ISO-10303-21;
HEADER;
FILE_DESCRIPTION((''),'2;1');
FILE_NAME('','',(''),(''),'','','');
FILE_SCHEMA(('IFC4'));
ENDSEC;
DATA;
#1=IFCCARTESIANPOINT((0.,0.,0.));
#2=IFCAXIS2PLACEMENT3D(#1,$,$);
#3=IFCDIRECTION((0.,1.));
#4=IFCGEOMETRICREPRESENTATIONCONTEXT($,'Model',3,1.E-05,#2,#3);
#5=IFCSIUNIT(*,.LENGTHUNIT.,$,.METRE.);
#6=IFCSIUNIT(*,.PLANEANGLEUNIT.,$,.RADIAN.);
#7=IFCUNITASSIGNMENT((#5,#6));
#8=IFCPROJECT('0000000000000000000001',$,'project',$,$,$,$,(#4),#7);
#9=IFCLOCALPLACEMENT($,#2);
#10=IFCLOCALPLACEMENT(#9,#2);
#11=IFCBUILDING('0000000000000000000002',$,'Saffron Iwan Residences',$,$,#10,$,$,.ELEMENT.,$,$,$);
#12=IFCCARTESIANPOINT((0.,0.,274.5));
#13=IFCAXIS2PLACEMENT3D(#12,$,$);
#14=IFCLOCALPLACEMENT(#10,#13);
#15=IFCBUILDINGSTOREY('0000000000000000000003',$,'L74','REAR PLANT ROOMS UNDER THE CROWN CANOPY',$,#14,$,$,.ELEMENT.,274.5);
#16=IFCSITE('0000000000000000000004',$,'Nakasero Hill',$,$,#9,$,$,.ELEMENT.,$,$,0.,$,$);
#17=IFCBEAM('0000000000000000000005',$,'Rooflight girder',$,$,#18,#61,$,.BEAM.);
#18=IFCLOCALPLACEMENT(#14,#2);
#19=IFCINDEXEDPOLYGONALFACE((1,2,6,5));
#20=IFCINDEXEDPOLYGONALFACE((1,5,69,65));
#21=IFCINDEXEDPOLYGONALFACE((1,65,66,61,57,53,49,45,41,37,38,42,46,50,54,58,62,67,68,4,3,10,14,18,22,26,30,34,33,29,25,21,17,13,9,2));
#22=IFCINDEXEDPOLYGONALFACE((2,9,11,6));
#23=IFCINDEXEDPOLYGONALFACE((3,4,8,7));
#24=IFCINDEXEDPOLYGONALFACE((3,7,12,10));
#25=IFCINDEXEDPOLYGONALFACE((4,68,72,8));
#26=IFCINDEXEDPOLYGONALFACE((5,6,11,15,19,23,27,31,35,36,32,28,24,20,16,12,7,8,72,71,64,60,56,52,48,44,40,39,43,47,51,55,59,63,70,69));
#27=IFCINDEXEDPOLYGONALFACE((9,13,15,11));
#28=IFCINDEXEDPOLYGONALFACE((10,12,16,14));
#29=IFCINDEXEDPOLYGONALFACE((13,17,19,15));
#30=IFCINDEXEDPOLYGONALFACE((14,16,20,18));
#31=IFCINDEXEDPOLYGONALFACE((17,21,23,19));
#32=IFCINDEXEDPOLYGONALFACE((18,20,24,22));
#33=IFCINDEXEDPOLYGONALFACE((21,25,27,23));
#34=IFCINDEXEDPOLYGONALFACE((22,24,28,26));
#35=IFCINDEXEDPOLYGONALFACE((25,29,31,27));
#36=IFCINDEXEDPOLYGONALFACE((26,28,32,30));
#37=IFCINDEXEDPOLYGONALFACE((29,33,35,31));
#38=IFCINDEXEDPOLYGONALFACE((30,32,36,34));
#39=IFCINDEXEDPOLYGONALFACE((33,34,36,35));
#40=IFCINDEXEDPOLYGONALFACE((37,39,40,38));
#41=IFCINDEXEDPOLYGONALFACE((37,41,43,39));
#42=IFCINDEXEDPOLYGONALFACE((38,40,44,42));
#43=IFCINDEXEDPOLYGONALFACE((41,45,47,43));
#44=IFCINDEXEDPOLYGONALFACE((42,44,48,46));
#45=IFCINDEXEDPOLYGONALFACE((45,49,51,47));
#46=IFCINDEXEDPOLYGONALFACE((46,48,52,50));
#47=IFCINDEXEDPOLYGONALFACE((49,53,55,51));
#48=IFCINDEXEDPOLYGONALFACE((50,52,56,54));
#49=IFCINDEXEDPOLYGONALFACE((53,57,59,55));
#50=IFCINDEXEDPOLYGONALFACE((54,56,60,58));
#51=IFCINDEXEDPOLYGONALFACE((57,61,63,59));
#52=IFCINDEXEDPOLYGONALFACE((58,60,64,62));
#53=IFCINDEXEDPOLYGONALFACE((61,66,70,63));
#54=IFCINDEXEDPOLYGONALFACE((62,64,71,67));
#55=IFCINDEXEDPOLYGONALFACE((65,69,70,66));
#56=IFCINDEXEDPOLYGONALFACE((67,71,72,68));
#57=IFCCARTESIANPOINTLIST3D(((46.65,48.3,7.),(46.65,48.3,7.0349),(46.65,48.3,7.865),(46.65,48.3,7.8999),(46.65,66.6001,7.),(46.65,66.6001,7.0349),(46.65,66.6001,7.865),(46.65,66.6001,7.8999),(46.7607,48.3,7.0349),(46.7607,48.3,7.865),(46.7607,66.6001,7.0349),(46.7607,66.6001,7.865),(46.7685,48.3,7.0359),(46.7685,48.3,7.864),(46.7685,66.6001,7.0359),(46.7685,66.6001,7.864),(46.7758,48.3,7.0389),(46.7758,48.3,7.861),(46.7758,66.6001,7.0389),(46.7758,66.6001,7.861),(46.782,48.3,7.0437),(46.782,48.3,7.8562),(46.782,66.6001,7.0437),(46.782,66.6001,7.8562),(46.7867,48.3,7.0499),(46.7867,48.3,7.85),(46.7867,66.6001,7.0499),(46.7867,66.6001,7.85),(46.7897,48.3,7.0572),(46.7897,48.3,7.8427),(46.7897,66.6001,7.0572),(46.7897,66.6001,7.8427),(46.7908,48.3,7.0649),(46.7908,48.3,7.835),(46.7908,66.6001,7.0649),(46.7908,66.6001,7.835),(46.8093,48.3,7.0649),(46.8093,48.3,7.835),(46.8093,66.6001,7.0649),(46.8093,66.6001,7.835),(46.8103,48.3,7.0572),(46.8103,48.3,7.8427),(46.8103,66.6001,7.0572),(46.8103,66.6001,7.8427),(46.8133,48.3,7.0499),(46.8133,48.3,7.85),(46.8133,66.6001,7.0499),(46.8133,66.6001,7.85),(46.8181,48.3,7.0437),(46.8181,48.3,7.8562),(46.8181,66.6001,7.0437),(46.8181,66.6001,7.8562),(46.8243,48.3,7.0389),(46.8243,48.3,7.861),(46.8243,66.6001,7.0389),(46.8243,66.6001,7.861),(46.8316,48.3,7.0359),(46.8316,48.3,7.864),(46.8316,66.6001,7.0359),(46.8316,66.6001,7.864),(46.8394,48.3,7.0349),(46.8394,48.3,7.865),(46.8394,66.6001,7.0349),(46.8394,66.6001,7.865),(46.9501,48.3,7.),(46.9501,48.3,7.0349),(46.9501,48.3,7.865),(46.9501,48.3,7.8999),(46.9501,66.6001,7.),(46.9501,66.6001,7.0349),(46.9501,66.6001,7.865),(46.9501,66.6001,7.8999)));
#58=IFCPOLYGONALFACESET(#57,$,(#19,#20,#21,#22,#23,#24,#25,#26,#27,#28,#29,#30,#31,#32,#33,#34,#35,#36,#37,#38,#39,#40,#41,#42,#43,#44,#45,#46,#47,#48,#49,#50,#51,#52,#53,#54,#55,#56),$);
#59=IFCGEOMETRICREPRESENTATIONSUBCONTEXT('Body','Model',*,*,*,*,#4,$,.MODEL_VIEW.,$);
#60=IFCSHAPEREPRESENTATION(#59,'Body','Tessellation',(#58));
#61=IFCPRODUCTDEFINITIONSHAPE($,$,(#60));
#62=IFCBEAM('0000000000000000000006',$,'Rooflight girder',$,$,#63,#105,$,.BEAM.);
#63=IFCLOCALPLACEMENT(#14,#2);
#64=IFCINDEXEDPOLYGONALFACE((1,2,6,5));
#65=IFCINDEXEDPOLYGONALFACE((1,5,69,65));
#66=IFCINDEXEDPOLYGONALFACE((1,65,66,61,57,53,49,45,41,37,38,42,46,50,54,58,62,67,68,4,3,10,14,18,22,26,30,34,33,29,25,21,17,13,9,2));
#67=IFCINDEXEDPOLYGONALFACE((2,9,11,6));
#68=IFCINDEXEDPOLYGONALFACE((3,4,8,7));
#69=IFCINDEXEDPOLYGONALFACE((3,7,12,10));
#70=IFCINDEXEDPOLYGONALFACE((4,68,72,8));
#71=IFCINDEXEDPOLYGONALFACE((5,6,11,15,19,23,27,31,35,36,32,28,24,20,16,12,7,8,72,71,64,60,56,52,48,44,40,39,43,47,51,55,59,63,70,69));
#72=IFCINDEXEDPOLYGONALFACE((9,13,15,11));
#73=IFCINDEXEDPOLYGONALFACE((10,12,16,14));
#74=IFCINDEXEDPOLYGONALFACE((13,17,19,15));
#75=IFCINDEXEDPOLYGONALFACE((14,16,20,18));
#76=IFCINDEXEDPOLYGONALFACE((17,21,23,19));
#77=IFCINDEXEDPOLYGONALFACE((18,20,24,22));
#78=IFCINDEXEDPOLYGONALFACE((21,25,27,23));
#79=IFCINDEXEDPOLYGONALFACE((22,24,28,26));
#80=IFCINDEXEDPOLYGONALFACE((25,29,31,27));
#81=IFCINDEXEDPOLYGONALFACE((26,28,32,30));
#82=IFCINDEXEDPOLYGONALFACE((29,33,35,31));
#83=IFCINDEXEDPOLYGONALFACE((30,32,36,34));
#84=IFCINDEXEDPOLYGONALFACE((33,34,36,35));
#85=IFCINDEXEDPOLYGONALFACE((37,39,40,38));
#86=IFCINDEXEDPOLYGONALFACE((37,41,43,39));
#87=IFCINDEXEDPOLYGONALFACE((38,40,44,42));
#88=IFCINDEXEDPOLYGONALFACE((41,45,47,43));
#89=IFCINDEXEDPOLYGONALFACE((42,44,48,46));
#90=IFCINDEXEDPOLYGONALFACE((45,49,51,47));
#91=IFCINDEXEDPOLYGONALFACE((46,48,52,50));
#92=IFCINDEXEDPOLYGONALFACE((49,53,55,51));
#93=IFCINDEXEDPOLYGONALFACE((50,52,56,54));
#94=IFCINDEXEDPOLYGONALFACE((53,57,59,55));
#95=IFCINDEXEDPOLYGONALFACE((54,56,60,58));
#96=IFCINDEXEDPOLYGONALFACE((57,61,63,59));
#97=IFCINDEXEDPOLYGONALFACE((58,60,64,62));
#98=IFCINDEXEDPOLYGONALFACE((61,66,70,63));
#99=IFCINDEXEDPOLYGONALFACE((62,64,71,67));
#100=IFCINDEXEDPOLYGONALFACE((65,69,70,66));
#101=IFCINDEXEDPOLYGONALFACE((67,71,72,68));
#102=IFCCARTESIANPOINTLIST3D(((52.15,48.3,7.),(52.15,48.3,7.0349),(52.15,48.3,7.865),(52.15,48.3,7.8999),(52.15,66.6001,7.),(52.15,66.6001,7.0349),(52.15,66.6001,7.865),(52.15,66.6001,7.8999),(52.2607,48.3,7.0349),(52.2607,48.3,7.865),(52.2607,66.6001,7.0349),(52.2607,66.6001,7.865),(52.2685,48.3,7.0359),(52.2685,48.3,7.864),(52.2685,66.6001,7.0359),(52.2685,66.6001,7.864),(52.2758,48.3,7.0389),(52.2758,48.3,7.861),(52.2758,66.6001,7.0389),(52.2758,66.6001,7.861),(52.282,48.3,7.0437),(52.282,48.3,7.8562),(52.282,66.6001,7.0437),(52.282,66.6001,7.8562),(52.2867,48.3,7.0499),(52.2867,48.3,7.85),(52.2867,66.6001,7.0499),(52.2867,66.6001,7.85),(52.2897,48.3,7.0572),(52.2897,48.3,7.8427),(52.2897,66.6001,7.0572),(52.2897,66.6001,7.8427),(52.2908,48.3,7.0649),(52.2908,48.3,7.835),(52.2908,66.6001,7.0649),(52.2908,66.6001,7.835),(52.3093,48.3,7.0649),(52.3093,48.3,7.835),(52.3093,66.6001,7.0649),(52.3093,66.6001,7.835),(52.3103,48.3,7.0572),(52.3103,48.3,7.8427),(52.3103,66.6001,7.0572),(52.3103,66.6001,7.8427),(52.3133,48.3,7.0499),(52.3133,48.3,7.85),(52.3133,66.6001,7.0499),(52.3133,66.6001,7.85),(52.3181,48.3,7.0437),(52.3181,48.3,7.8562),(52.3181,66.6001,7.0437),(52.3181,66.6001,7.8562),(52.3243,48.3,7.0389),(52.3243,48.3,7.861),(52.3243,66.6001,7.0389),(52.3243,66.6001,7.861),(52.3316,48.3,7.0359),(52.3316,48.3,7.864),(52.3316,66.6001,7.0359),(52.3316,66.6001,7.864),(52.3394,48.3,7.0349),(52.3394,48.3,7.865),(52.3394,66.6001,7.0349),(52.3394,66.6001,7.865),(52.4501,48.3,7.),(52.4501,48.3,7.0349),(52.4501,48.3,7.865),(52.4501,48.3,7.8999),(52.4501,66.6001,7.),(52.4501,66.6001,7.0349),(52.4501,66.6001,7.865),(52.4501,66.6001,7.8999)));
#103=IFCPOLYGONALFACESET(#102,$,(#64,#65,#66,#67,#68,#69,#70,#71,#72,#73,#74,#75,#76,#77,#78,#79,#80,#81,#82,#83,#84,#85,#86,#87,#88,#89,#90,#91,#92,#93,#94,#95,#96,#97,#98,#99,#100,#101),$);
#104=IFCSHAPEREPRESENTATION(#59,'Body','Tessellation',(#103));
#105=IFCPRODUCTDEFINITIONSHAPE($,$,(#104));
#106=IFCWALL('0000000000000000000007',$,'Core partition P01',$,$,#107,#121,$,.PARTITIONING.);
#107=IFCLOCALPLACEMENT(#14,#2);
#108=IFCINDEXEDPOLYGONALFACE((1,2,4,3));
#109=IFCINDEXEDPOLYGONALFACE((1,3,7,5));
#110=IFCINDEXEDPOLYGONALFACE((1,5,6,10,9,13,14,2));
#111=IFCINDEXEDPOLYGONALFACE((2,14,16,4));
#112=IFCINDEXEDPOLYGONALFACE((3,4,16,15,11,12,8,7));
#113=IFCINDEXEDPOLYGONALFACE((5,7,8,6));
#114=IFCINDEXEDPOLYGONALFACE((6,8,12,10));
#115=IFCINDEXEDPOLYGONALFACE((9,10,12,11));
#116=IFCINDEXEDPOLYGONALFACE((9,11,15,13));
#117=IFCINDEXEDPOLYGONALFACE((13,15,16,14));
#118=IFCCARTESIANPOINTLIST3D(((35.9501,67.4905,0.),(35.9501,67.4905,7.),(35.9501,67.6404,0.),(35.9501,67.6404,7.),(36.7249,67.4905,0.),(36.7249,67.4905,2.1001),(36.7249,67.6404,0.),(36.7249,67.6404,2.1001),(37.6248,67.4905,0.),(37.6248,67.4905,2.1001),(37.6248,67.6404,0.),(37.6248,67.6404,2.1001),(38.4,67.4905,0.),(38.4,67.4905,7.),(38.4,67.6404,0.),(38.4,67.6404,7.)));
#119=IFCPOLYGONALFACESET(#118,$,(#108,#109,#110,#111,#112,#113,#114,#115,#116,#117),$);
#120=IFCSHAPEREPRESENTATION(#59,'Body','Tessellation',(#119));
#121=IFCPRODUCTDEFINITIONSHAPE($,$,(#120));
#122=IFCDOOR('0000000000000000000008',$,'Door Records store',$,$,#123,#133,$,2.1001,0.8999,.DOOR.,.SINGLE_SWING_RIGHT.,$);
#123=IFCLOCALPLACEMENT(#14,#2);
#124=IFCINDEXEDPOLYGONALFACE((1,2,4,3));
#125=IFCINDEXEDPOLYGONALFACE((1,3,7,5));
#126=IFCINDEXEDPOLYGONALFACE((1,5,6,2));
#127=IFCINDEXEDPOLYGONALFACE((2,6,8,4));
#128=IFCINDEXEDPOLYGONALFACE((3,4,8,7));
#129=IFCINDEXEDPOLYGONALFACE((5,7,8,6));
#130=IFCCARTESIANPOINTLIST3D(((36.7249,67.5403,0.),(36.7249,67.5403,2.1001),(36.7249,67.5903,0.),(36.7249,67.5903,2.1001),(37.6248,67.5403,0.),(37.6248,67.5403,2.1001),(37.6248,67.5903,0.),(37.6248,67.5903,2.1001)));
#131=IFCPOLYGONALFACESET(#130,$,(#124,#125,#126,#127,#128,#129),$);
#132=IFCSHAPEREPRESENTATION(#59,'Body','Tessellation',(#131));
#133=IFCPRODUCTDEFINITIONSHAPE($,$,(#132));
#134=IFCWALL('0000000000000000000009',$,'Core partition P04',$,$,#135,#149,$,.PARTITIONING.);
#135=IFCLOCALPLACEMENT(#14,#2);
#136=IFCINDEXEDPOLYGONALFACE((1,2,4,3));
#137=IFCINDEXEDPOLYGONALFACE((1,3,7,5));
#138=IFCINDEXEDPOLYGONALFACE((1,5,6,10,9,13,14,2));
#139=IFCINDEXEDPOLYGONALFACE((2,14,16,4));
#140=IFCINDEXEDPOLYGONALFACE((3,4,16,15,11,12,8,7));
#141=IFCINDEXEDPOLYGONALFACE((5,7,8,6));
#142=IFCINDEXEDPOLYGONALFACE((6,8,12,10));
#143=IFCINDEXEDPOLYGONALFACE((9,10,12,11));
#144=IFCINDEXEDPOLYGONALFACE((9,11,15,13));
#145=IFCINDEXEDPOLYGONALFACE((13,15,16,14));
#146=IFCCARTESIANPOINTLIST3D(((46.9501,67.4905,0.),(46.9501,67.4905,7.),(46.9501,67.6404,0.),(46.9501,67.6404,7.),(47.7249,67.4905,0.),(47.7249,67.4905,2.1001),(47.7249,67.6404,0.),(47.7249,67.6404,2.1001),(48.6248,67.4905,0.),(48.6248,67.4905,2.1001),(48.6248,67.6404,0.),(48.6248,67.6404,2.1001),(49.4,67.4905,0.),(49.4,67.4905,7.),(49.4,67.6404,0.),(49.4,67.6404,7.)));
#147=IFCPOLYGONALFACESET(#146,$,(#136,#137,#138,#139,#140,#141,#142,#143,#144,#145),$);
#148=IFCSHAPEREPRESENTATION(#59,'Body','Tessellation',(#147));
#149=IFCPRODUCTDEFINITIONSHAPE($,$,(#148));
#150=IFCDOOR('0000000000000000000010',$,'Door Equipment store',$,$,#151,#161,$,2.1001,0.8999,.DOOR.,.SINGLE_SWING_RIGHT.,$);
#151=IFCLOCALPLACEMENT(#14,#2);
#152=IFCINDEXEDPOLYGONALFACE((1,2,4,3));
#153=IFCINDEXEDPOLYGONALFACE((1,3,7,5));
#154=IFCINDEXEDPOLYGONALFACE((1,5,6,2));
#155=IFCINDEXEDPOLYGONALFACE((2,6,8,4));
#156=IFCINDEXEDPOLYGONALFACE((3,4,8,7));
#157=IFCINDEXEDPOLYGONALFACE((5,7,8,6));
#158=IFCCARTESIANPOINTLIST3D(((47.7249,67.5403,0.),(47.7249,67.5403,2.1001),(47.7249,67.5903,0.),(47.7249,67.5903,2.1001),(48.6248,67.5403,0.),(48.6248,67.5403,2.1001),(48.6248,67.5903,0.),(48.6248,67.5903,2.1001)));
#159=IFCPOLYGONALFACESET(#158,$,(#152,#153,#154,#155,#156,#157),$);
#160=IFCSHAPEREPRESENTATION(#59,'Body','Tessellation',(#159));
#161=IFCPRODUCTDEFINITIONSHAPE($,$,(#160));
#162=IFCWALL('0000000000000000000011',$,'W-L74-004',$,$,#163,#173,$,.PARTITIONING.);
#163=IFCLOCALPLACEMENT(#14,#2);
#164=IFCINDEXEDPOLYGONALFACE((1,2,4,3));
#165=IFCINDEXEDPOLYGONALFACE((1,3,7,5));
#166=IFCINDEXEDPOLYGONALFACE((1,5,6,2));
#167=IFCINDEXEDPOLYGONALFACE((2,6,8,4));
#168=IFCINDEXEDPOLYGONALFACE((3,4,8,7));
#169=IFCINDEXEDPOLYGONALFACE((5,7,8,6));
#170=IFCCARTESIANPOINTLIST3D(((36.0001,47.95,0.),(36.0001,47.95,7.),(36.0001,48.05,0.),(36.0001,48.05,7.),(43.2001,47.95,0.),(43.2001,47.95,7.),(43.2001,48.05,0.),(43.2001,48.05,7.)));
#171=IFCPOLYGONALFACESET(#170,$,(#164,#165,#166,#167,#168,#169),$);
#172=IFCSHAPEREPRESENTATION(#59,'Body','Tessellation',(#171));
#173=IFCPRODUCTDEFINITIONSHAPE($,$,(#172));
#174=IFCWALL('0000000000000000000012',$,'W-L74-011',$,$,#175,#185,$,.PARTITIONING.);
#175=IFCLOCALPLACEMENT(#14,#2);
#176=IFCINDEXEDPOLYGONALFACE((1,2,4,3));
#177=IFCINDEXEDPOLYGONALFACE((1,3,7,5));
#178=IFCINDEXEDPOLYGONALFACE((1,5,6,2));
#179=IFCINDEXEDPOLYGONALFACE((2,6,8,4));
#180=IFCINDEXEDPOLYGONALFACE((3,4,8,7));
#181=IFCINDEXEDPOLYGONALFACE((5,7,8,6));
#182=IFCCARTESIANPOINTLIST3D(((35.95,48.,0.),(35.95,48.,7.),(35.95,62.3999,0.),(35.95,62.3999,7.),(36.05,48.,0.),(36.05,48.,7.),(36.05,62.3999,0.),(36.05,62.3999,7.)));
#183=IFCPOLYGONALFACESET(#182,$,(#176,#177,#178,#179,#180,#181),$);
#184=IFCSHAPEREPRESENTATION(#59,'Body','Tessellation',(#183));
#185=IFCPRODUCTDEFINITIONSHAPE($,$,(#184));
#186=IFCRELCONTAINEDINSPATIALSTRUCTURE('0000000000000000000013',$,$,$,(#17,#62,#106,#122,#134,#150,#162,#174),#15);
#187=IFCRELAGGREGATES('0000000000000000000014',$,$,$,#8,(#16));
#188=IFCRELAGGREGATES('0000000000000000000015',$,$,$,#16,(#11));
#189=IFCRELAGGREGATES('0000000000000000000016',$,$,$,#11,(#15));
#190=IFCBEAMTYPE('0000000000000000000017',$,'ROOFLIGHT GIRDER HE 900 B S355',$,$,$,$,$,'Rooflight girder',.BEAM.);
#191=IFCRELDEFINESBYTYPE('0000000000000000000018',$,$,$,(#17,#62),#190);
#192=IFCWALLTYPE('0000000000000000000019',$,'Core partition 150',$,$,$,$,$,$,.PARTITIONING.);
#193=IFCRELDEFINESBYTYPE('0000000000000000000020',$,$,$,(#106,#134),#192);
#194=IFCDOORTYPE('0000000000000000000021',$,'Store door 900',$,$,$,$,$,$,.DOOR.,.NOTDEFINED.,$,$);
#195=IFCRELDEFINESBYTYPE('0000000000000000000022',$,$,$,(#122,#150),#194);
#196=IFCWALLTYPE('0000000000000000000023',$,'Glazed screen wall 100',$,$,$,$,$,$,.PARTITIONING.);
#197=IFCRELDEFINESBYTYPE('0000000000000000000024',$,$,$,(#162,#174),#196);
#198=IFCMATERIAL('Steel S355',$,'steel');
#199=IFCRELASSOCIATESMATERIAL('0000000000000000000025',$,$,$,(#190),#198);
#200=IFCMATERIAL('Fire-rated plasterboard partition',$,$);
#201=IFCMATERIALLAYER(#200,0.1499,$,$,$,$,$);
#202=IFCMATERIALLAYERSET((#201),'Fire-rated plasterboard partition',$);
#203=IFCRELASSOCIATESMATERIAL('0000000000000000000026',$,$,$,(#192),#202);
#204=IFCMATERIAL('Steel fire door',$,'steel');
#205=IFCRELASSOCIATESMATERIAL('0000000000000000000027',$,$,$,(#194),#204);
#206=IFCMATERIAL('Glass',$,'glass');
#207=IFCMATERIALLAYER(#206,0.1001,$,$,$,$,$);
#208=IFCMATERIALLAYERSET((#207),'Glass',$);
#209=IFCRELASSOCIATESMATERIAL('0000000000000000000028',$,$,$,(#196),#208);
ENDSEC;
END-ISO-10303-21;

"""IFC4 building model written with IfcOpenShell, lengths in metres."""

from ifc_helpers import new_model, si_unit, direction, frame, frame_2d, origin, origin_2d, place, context, subcontext, project, spatial, rectangle, i_section, extrude, source, transform, mapped, material, layer, layer_set, material_profile, profile_set, type_object, element, fill, save


model = new_model("IFC4")

# Units and contexts
model_context = context("Model", 3, precision=1e-05, world=origin(), true_north=direction((0.0, 1.0)))
body_context = subcontext(model_context, "Body", "Model", "MODEL_VIEW")
ifc_project = project(units=[si_unit("LENGTHUNIT", "METRE"), si_unit("PLANEANGLEUNIT", "RADIAN")], contexts=[model_context])

# Site, building, storey
site_placement = place(None, origin())
site = spatial("IfcSite", under=ifc_project, at=site_placement, Name="Nakasero Hill", CompositionType="ELEMENT", RefElevation=0.0)
building_placement = place(site_placement, origin())
building = spatial("IfcBuilding", under=site, at=building_placement, Name="Saffron Iwan Residences", CompositionType="ELEMENT")
storey_placement = place(building_placement, frame((0.0, 0.0, 274.5)))
storey = spatial("IfcBuildingStorey", under=building, at=storey_placement, Name="L74", Description="REAR PLANT ROOMS UNDER THE CROWN CANOPY", CompositionType="ELEMENT", Elevation=274.5)

# Beams
ifc_material_1 = material(Name="Steel S355", Category="steel")
ifc_material_profile_1 = material_profile(ifc_material_1, i_section(OverallWidth=0.3, OverallDepth=0.8999, WebThickness=0.0186, FlangeThickness=0.0349, FilletRadius=0.03, at=origin_2d()), Name="HE 900 B")
ifc_profile_set_1 = profile_set([ifc_material_profile_1], Name="Steel S355")
beam_type_1 = type_object("IfcBeamType", Name="ROOFLIGHT GIRDER HE 900 B S355", ElementType="Rooflight girder", PredefinedType="BEAM", material=ifc_profile_set_1)
shared_shape_1 = source(origin(), body_context, "Body", "SweptSolid", [
    extrude(i_section(OverallWidth=0.3, OverallDepth=0.8999, WebThickness=0.0186, FlangeThickness=0.0349, FilletRadius=0.03, at=origin_2d()), origin(), (0.0, 0.0, 1.0), 18.3),
])
for number, where, z_axis, x_axis, name in (
    (1, (46.8, 48.3, 7.45), (0.0, 1.0, 0.0), (-1.0, 0.0, 0.0), "Rooflight girder"),
    (2, (52.3, 48.3, 7.45), (0.0, 1.0, 0.0), (-1.0, 0.0, 0.0), "Rooflight girder"),
):
    element("IfcBeam", number, at=place(storey_placement, frame(where, z_axis=z_axis, x_axis=x_axis)), inside=storey, type_object=beam_type_1, Name=name, PredefinedType="BEAM", context=body_context, shape_type="MappedRepresentation", body=[
        mapped(shared_shape_1, transform((0.0, 0.0, 0.0))),
    ])

# Walls, openings, doors
ifc_material_2 = material(Name="Fire-rated plasterboard partition")
ifc_layer_1 = layer(ifc_material_2, 0.1499)
ifc_layer_set_1 = layer_set([ifc_layer_1], Name="Fire-rated plasterboard partition")
wall_type_1 = type_object("IfcWallType", Name="Core partition 150", PredefinedType="PARTITIONING", material=ifc_layer_set_1)
wall_1_placement = place(storey_placement, frame((35.95, 67.5654, 0.0), z_axis=(0.0, 0.0, 1.0), x_axis=(1.0, 0.0, 0.0)))
wall_1 = element("IfcWall", 3, at=wall_1_placement, inside=storey, type_object=wall_type_1, Name="Core partition P01", PredefinedType="PARTITIONING", context=body_context, shape_type="SweptSolid", body=[
    extrude(rectangle(XDim=2.45, YDim=0.1499, at=frame_2d((1.2251, 0.0))), origin(), (0.0, 0.0, 1.0), 7.0),
])
opening_1_placement = place(wall_1_placement, frame((0.7749, 0.0, 0.0)))
opening_1 = element("IfcOpeningElement", 4, at=opening_1_placement, cuts=wall_1, PredefinedType="OPENING", context=body_context, shape_type="SweptSolid", body=[
    extrude(rectangle(XDim=0.8999, YDim=2.1001, at=frame_2d((0.45, 1.05))), frame((0.0, 0.085, 0.0), z_axis=(0.0, -1.0, 0.0), x_axis=(1.0, 0.0, 0.0)), (0.0, 0.0, 1.0), 0.1699),
])
ifc_material_3 = material(Name="Steel fire door", Category="steel")
door_type = type_object("IfcDoorType", Name="Store door 900", OperationType="NOTDEFINED", PredefinedType="DOOR", material=ifc_material_3)
door_1_placement = place(opening_1_placement, origin())
door_1 = element("IfcDoor", 5, at=door_1_placement, inside=storey, type_object=door_type, Name="Door Records store", OperationType="SINGLE_SWING_RIGHT", OverallHeight=2.1001, OverallWidth=0.8999, PredefinedType="DOOR", context=body_context, shape_type="SweptSolid", body=[
    extrude(rectangle(XDim=0.8999, YDim=2.1001, at=frame_2d((0.45, 1.05))), frame((0.0, 0.0249, 0.0), z_axis=(0.0, -1.0, 0.0), x_axis=(1.0, 0.0, 0.0)), (0.0, 0.0, 1.0), 0.05),
])
fill(opening_1, door_1)
wall_2_placement = place(storey_placement, frame((46.95, 67.5654, 0.0), z_axis=(0.0, 0.0, 1.0), x_axis=(1.0, 0.0, 0.0)))
wall_2 = element("IfcWall", 6, at=wall_2_placement, inside=storey, type_object=wall_type_1, Name="Core partition P04", PredefinedType="PARTITIONING", context=body_context, shape_type="SweptSolid", body=[
    extrude(rectangle(XDim=2.45, YDim=0.1499, at=frame_2d((1.2251, 0.0))), origin(), (0.0, 0.0, 1.0), 7.0),
])
opening_2_placement = place(wall_2_placement, frame((0.7749, 0.0, 0.0)))
opening_2 = element("IfcOpeningElement", 7, at=opening_2_placement, cuts=wall_2, PredefinedType="OPENING", context=body_context, shape_type="SweptSolid", body=[
    extrude(rectangle(XDim=0.8999, YDim=2.1001, at=frame_2d((0.45, 1.05))), frame((0.0, 0.085, 0.0), z_axis=(0.0, -1.0, 0.0), x_axis=(1.0, 0.0, 0.0)), (0.0, 0.0, 1.0), 0.1699),
])
door_2_placement = place(opening_2_placement, origin())
door_2 = element("IfcDoor", 8, at=door_2_placement, inside=storey, type_object=door_type, Name="Door Equipment store", OperationType="SINGLE_SWING_RIGHT", OverallHeight=2.1001, OverallWidth=0.8999, PredefinedType="DOOR", context=body_context, shape_type="SweptSolid", body=[
    extrude(rectangle(XDim=0.8999, YDim=2.1001, at=frame_2d((0.45, 1.05))), frame((0.0, 0.0249, 0.0), z_axis=(0.0, -1.0, 0.0), x_axis=(1.0, 0.0, 0.0)), (0.0, 0.0, 1.0), 0.05),
])
fill(opening_2, door_2)

# Walls
ifc_material_4 = material(Name="Glass", Category="glass")
ifc_layer_2 = layer(ifc_material_4, 0.1001)
ifc_layer_set_2 = layer_set([ifc_layer_2], Name="Glass")
wall_type_2 = type_object("IfcWallType", Name="Glazed screen wall 100", PredefinedType="PARTITIONING", material=ifc_layer_set_2)
wall_3_placement = place(storey_placement, frame((36.0, 48.0, 0.0), z_axis=(0.0, 0.0, 1.0), x_axis=(1.0, 0.0, 0.0)))
element("IfcWall", 9, at=wall_3_placement, inside=storey, type_object=wall_type_2, Name="W-L74-004", PredefinedType="PARTITIONING", context=body_context, shape_type="SweptSolid", body=[
    extrude(rectangle(XDim=7.2, YDim=0.1001, at=frame_2d((3.6001, 0.0))), origin(), (0.0, 0.0, 1.0), 7.0),
])
wall_4_placement = place(storey_placement, frame((36.0, 48.0, 0.0), z_axis=(0.0, 0.0, 1.0), x_axis=(0.0, 1.0, 0.0)))
element("IfcWall", 10, at=wall_4_placement, inside=storey, type_object=wall_type_2, Name="W-L74-011", PredefinedType="PARTITIONING", context=body_context, shape_type="SweptSolid", body=[
    extrude(rectangle(XDim=14.3999, YDim=0.1001, at=frame_2d((7.2, 0.0))), origin(), (0.0, 0.0, 1.0), 7.0),
])

save(model, "model.ifc")
